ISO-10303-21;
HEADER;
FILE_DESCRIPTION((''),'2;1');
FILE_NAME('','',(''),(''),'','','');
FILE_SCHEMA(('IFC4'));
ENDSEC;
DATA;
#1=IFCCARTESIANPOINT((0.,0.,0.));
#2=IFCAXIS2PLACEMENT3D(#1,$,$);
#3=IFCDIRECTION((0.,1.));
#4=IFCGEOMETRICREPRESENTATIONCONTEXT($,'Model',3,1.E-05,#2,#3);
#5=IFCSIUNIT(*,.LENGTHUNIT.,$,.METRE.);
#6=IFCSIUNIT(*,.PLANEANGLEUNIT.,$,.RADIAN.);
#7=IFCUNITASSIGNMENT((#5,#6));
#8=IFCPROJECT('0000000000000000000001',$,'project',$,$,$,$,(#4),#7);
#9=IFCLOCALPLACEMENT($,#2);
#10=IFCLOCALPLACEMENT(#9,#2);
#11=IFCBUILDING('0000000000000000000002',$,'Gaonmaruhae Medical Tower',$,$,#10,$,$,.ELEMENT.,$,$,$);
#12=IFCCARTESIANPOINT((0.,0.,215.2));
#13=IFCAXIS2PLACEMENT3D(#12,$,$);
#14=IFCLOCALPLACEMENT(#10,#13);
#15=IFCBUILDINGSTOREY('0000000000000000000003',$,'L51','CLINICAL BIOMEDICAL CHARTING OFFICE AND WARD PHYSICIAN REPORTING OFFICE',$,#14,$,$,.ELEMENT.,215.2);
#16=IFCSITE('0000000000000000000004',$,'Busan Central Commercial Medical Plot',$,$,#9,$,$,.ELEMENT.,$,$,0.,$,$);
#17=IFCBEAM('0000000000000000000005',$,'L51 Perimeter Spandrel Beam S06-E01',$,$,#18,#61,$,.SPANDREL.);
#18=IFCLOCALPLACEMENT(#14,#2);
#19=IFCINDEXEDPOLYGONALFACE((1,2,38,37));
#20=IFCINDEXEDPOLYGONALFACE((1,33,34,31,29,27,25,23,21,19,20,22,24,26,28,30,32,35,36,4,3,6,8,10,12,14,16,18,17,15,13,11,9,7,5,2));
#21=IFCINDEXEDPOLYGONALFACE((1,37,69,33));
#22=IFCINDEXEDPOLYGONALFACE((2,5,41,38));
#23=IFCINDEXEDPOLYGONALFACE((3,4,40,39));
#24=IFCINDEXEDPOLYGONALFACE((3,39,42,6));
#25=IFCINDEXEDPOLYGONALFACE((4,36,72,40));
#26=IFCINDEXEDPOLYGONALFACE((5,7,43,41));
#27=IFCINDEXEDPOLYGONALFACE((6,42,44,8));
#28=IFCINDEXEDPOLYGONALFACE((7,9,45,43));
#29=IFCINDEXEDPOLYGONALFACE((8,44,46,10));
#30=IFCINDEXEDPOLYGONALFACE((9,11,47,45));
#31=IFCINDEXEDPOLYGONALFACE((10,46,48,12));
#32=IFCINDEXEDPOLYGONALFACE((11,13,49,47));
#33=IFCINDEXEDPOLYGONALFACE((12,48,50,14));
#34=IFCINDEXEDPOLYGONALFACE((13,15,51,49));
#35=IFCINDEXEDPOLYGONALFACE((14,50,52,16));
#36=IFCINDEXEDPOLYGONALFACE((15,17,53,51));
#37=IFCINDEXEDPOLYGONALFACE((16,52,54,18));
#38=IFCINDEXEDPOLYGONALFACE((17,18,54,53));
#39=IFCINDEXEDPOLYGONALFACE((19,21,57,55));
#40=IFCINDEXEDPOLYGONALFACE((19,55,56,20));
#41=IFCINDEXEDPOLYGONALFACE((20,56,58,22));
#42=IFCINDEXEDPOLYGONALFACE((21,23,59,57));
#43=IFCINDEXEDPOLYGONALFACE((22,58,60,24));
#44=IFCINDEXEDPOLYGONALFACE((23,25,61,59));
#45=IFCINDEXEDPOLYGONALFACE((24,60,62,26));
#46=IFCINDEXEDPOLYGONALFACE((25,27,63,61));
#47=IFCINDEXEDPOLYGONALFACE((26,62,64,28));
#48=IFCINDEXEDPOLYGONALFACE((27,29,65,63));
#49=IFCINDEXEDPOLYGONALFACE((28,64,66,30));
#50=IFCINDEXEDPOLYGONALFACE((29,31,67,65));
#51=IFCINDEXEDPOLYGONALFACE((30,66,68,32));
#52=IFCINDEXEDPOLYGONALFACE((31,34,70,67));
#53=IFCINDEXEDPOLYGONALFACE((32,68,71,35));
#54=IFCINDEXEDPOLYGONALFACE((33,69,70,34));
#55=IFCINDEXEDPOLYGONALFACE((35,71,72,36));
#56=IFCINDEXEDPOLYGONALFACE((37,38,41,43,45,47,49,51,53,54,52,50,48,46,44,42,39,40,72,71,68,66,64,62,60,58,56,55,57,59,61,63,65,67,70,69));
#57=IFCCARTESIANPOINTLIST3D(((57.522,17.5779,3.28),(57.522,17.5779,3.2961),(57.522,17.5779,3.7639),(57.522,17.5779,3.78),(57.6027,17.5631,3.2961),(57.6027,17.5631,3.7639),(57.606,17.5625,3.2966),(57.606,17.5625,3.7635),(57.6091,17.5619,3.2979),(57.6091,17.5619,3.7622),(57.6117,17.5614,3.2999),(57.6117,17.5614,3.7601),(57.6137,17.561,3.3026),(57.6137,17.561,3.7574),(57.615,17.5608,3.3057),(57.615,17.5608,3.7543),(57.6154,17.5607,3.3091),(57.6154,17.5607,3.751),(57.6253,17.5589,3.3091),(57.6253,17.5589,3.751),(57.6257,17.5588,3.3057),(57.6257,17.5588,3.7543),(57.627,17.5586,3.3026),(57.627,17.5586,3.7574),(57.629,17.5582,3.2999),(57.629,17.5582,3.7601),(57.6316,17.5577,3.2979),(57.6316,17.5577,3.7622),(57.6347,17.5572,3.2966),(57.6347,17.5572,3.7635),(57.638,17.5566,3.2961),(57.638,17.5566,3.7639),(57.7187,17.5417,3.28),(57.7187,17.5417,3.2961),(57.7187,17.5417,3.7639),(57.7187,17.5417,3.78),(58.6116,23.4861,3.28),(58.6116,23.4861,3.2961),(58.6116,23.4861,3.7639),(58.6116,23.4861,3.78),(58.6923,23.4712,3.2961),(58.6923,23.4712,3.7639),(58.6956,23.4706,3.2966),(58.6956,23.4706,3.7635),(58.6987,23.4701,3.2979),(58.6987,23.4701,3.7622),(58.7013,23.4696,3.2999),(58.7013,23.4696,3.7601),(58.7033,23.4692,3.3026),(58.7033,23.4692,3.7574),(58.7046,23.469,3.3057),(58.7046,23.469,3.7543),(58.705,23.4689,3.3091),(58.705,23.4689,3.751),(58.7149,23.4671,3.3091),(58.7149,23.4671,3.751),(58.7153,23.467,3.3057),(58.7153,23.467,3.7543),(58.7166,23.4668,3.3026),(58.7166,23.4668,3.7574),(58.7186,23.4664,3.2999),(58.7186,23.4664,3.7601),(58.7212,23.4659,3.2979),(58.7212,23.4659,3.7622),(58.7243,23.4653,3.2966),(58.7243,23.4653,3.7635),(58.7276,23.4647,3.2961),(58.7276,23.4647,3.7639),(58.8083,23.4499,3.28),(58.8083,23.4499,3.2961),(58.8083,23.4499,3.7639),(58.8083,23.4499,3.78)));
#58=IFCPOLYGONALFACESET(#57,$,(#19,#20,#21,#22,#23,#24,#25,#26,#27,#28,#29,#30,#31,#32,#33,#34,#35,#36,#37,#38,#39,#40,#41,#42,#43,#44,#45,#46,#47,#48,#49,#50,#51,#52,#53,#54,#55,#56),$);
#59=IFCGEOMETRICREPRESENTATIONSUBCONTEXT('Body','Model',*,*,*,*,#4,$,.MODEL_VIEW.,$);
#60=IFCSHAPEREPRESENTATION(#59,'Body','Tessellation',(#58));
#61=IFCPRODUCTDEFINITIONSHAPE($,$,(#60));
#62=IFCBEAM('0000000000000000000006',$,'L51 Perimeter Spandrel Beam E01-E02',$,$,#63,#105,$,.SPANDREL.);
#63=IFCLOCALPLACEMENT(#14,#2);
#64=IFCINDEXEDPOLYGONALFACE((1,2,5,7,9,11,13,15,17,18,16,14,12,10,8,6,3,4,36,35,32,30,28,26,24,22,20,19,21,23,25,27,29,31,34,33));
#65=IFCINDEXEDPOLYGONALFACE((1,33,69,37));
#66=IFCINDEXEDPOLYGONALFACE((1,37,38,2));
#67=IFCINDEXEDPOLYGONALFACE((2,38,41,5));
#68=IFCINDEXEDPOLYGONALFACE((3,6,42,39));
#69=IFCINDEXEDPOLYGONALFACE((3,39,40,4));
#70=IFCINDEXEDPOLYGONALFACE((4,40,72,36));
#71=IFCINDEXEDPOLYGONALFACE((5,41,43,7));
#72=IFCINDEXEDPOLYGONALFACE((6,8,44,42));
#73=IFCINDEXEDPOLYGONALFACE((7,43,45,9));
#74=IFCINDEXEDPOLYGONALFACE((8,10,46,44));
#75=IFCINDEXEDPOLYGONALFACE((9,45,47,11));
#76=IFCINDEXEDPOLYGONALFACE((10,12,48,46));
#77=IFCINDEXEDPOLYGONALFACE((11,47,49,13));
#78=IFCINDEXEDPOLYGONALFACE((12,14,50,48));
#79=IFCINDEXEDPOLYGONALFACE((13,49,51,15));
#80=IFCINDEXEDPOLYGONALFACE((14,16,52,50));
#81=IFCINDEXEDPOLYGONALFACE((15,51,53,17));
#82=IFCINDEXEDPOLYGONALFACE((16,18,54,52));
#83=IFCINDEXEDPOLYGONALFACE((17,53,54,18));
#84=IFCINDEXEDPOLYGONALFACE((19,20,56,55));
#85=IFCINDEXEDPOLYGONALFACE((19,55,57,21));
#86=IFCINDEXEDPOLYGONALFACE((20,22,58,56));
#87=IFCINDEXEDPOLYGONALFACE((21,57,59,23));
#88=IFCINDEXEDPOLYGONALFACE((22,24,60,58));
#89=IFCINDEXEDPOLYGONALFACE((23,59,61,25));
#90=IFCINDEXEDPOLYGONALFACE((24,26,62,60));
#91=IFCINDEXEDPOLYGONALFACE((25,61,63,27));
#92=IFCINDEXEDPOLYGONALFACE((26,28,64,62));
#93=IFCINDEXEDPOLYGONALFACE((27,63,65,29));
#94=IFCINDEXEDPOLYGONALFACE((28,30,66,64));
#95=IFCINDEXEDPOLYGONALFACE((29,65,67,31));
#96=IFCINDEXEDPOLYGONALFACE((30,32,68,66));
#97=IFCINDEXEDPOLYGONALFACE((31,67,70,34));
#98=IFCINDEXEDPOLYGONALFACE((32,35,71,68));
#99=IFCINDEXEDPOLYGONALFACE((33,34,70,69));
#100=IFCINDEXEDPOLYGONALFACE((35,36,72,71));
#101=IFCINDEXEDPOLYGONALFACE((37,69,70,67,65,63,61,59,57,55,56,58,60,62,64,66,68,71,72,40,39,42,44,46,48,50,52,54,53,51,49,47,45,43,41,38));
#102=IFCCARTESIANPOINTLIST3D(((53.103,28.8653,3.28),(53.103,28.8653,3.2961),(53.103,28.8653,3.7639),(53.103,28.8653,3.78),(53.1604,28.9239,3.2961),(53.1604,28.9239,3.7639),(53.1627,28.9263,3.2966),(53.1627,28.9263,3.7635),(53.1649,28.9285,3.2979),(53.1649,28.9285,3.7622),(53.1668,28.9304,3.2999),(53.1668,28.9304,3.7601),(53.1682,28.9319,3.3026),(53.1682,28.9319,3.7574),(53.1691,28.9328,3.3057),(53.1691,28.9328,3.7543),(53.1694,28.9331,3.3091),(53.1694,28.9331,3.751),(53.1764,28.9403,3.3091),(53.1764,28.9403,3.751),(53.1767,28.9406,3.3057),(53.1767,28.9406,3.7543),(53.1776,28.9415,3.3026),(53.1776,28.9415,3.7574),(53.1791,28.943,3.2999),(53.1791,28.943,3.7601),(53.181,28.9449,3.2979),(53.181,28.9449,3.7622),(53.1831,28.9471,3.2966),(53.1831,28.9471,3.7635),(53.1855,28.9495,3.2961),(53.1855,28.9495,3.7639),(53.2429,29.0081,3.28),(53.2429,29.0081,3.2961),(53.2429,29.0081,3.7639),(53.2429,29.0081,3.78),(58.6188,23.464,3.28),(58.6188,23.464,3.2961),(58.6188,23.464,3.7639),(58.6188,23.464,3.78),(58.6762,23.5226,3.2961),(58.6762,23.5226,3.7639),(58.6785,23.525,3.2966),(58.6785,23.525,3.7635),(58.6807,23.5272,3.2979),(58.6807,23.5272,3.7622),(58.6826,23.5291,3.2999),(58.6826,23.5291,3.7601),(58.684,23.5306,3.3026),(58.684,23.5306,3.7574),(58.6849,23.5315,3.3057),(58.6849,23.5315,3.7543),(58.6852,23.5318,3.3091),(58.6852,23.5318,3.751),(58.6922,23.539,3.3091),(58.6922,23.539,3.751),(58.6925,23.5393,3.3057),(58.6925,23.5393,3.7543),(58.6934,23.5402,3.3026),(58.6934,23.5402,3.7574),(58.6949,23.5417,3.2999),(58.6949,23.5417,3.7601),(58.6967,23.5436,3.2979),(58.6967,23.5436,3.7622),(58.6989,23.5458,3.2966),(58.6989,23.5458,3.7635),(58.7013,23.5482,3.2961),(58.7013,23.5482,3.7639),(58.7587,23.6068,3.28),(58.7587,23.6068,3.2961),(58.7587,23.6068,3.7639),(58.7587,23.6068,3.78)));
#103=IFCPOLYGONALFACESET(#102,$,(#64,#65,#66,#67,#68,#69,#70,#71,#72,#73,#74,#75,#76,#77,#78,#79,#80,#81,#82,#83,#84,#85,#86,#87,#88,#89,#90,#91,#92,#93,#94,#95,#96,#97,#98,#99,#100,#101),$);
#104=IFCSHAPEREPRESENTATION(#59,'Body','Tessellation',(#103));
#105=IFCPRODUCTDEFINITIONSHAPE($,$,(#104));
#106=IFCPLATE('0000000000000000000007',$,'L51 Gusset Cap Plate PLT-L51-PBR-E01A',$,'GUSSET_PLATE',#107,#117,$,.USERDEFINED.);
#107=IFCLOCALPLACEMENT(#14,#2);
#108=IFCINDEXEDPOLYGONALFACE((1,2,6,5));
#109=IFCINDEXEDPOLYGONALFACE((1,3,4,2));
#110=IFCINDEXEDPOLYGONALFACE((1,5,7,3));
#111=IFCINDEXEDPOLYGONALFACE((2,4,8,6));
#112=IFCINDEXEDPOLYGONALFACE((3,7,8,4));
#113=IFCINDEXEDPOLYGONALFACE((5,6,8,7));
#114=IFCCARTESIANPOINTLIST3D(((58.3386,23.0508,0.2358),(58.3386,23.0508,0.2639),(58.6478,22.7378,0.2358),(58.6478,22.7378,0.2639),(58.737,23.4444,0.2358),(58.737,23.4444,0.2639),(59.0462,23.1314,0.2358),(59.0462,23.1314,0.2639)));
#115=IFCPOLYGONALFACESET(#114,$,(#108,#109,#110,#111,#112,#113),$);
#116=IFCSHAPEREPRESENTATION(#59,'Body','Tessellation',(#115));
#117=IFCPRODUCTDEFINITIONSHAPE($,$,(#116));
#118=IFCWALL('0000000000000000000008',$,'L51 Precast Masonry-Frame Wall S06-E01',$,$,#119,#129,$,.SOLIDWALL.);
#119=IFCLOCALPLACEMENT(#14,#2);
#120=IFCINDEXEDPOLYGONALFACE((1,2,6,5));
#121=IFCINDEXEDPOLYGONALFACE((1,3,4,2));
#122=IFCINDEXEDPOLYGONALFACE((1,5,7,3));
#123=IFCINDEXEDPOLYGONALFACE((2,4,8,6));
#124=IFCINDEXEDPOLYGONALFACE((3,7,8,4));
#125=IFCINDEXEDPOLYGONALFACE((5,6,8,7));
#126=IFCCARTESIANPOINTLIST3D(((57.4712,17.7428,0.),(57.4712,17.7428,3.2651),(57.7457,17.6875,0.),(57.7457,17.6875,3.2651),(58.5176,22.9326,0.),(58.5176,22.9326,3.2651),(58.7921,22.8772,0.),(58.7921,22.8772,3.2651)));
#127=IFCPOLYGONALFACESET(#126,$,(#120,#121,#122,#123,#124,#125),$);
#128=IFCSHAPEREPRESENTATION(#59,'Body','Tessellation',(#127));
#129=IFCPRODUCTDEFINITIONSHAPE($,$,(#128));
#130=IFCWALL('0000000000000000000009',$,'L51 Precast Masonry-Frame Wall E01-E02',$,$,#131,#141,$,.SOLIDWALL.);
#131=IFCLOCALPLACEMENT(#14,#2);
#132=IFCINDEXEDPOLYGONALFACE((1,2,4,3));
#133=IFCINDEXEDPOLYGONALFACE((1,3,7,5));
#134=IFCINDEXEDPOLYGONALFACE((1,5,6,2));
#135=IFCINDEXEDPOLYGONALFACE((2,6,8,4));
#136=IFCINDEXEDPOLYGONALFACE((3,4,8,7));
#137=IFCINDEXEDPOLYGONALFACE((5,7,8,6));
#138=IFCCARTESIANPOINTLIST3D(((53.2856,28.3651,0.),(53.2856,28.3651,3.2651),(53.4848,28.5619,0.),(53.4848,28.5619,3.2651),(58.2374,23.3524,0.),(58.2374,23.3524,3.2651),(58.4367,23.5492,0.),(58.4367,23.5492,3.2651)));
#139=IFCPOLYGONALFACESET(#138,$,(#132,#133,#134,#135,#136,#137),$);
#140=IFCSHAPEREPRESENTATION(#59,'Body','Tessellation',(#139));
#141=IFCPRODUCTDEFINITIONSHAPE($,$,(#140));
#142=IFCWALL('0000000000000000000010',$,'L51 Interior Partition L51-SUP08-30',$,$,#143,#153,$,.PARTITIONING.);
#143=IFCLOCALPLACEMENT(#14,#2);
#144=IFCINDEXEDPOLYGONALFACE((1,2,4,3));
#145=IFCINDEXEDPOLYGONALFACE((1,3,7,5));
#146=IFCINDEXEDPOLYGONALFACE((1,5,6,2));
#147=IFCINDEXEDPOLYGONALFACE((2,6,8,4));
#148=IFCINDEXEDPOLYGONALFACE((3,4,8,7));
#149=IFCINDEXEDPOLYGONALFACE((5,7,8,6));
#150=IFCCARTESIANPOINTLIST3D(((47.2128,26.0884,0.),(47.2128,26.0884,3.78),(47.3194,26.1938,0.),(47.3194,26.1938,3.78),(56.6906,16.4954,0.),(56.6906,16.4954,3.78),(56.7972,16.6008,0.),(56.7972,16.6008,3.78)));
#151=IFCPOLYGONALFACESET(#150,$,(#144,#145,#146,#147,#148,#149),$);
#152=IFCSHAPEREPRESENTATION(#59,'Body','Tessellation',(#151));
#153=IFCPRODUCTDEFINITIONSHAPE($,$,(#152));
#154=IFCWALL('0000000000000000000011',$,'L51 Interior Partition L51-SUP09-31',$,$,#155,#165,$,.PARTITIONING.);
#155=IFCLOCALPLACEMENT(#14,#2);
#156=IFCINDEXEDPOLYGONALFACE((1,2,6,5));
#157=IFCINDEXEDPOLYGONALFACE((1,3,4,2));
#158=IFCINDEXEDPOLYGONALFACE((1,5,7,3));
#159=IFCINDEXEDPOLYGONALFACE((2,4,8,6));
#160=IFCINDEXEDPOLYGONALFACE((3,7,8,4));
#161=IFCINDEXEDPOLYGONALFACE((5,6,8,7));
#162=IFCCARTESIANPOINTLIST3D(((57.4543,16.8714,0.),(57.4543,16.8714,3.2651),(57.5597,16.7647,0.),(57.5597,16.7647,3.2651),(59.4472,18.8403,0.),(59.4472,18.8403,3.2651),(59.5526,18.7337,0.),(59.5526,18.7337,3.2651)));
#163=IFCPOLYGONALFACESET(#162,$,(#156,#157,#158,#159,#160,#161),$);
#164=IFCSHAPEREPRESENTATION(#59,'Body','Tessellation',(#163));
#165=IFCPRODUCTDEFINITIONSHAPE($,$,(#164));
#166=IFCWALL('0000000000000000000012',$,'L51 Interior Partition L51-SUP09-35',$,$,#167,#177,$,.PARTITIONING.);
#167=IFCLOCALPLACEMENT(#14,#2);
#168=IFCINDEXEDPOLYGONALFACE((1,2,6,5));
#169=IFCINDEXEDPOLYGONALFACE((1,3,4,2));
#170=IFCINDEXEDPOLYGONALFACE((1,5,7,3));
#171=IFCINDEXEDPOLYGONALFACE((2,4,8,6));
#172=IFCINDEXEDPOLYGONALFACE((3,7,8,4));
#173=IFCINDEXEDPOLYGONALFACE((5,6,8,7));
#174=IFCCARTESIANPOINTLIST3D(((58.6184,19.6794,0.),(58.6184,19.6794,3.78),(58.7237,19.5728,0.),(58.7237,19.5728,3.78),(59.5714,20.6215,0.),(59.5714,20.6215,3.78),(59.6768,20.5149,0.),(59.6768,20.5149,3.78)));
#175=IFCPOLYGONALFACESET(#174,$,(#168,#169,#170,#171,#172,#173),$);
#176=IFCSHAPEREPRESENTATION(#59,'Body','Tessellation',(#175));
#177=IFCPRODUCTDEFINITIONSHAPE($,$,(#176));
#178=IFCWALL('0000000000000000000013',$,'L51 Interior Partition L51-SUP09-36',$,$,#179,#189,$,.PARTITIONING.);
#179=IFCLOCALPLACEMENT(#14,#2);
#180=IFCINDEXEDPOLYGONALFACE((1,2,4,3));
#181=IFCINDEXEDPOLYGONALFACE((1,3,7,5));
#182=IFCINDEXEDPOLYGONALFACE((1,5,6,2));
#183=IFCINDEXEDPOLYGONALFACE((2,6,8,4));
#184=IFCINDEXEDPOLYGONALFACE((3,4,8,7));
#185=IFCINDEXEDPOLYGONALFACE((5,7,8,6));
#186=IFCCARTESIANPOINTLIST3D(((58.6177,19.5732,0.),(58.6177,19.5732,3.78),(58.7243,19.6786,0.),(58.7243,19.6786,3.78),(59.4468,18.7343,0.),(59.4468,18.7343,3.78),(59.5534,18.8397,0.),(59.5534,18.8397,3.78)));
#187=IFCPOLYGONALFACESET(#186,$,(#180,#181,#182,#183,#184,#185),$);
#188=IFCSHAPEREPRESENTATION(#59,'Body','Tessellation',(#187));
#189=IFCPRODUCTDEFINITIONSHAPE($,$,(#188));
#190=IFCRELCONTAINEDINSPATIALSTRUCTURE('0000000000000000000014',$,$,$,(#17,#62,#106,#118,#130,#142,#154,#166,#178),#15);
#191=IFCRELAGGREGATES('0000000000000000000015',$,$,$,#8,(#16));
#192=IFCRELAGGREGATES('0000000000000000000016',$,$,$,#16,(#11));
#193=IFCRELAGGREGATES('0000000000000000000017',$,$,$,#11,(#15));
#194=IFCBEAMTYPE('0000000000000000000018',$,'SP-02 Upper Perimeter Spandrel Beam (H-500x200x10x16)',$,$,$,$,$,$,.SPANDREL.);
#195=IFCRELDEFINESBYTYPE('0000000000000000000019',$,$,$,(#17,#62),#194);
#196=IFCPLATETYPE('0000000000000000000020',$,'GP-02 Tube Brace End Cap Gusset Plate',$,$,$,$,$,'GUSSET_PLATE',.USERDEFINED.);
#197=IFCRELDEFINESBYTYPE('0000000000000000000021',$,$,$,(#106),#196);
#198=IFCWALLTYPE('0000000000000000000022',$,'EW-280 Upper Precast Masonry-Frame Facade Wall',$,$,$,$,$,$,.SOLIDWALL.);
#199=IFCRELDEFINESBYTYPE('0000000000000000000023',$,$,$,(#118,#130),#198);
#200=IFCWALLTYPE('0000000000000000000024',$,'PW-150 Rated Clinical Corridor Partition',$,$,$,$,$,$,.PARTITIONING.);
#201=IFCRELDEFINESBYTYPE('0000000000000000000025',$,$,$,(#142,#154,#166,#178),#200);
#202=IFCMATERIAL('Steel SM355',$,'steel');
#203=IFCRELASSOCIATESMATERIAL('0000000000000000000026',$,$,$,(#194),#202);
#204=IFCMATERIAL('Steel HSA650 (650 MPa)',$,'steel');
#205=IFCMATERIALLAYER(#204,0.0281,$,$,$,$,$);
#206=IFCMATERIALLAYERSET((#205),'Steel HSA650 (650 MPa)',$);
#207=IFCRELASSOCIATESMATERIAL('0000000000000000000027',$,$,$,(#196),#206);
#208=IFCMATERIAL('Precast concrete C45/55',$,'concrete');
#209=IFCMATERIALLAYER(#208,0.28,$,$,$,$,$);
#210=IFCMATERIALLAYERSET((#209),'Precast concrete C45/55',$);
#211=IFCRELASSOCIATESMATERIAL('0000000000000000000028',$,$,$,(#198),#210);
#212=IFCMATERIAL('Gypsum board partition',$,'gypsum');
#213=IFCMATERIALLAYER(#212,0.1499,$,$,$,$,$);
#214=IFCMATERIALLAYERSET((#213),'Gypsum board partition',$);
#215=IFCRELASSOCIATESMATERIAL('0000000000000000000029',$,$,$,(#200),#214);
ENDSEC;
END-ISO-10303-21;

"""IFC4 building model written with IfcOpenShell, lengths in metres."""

from ifc_helpers import new_model, si_unit, direction, frame, frame_2d, origin, origin_2d, place, context, subcontext, project, spatial, rectangle, i_section, extrude, material, layer, layer_set, material_profile, profile_set, type_object, element, save


model = new_model("IFC4")

# Units and contexts
model_context = context("Model", 3, precision=1e-05, world=origin(), true_north=direction((0.0, 1.0)))
body_context = subcontext(model_context, "Body", "Model", "MODEL_VIEW")
ifc_project = project(units=[si_unit("LENGTHUNIT", "METRE"), si_unit("PLANEANGLEUNIT", "RADIAN")], contexts=[model_context])

# Site, building, storey
site_placement = place(None, origin())
site = spatial("IfcSite", under=ifc_project, at=site_placement, Name="Busan Central Commercial Medical Plot", CompositionType="ELEMENT", RefElevation=0.0)
building_placement = place(site_placement, origin())
building = spatial("IfcBuilding", under=site, at=building_placement, Name="Gaonmaruhae Medical Tower", CompositionType="ELEMENT")
storey_placement = place(building_placement, frame((0.0, 0.0, 215.2)))
storey = spatial("IfcBuildingStorey", under=building, at=storey_placement, Name="L51", Description="CLINICAL BIOMEDICAL CHARTING OFFICE AND WARD PHYSICIAN REPORTING OFFICE", CompositionType="ELEMENT", Elevation=215.2)

# Shared definitions
ifc_material_1 = material(Name="Steel SM355", Category="steel")

# Beams
ifc_material_profile_1 = material_profile(ifc_material_1, i_section(OverallWidth=0.2, OverallDepth=0.5, WebThickness=0.01, FlangeThickness=0.0161, FilletRadius=0.0129, at=origin_2d()), Name="H-500x200x10x16")
ifc_profile_set_1 = profile_set([ifc_material_profile_1], Name="Steel SM355")
beam_type_1 = type_object("IfcBeamType", Name="SP-02 Upper Perimeter Spandrel Beam (H-500x200x10x16)", PredefinedType="SPANDREL", material=ifc_profile_set_1)
beam_1_placement = place(storey_placement, frame((57.6204, 17.5598, 3.53), z_axis=(0.181363, 0.983416, 0.0), x_axis=(-0.983416, 0.181363, 0.0)))
element("IfcBeam", 1, at=beam_1_placement, inside=storey, type_object=beam_type_1, Name="L51 Perimeter Spandrel Beam S06-E01", PredefinedType="SPANDREL", context=body_context, shape_type="SweptSolid", body=[
    extrude(i_section(OverallWidth=0.2, OverallDepth=0.5, WebThickness=0.01, FlangeThickness=0.0161, FilletRadius=0.0129, at=origin_2d()), origin(), (0.0, 0.0, 1.0), 6.0078),
])
beam_2_placement = place(storey_placement, frame((58.6887, 23.5354, 3.53), z_axis=(-0.714484, 0.699652, 0.0), x_axis=(-0.699652, -0.714484, 0.0)))
element("IfcBeam", 2, at=beam_2_placement, inside=storey, type_object=beam_type_1, Name="L51 Perimeter Spandrel Beam E01-E02", PredefinedType="SPANDREL", context=body_context, shape_type="SweptSolid", body=[
    extrude(i_section(OverallWidth=0.2, OverallDepth=0.5, WebThickness=0.01, FlangeThickness=0.0161, FilletRadius=0.0129, at=origin_2d()), origin(), (0.0, 0.0, 1.0), 7.72),
])

# Plate
ifc_material_2 = material(Name="Steel HSA650 (650 MPa)", Category="steel")
ifc_layer_1 = layer(ifc_material_2, 0.0281)
ifc_layer_set_1 = layer_set([ifc_layer_1], Name="Steel HSA650 (650 MPa)")
plate_type = type_object("IfcPlateType", Name="GP-02 Tube Brace End Cap Gusset Plate", ElementType="GUSSET_PLATE", PredefinedType="USERDEFINED", material=ifc_layer_set_1)
plate_placement = place(storey_placement, frame((58.6924, 23.0911, 0.2358), z_axis=(0.0, 0.0, 1.0), x_axis=(0.711413, 0.702774, 0.0)))
element("IfcPlate", 3, at=plate_placement, inside=storey, type_object=plate_type, Name="L51 Gusset Cap Plate PLT-L51-PBR-E01A", ObjectType="GUSSET_PLATE", PredefinedType="USERDEFINED", context=body_context, shape_type="SweptSolid", body=[
    extrude(rectangle(XDim=0.5601, YDim=0.4399, at=origin_2d()), origin(), (0.0, 0.0, 1.0), 0.0281),
])

# Walls
ifc_material_3 = material(Name="Precast concrete C45/55", Category="concrete")
ifc_layer_2 = layer(ifc_material_3, 0.28)
ifc_layer_set_2 = layer_set([ifc_layer_2], Name="Precast concrete C45/55")
wall_type_1 = type_object("IfcWallType", Name="EW-280 Upper Precast Masonry-Frame Facade Wall", PredefinedType="SOLIDWALL", material=ifc_layer_set_2)
wall_1_placement = place(storey_placement, frame((58.6548, 22.9048, 0.0), z_axis=(0.0, 0.0, 1.0), x_axis=(-0.19765, -0.980273, 0.0)))
element("IfcWall", 4, at=wall_1_placement, inside=storey, type_object=wall_type_1, Name="L51 Precast Masonry-Frame Wall S06-E01", PredefinedType="SOLIDWALL", context=body_context, shape_type="SweptSolid", body=[
    extrude(rectangle(XDim=5.2942, YDim=0.28, at=frame_2d((2.647, 0.0))), origin(), (0.0, 0.0, 1.0), 3.2651),
])
wall_2_placement = place(storey_placement, frame((53.3853, 28.4634, 0.0), z_axis=(0.0, 0.0, 1.0), x_axis=(0.70278, -0.711407, 0.0)))
element("IfcWall", 5, at=wall_2_placement, inside=storey, type_object=wall_type_1, Name="L51 Precast Masonry-Frame Wall E01-E02", PredefinedType="SOLIDWALL", context=body_context, shape_type="SweptSolid", body=[
    extrude(rectangle(XDim=7.0461, YDim=0.28, at=frame_2d((3.5229, 0.0))), origin(), (0.0, 0.0, 1.0), 3.2651),
])
ifc_material_4 = material(Name="Gypsum board partition", Category="gypsum")
ifc_layer_3 = layer(ifc_material_4, 0.1499)
ifc_layer_set_3 = layer_set([ifc_layer_3], Name="Gypsum board partition")
wall_type_2 = type_object("IfcWallType", Name="PW-150 Rated Clinical Corridor Partition", PredefinedType="PARTITIONING", material=ifc_layer_set_3)
wall_3_placement = place(storey_placement, frame((47.2661, 26.1411, 0.0), z_axis=(0.0, 0.0, 1.0), x_axis=(0.702821, -0.711366, 0.0)))
element("IfcWall", 6, at=wall_3_placement, inside=storey, type_object=wall_type_2, Name="L51 Interior Partition L51-SUP08-30", PredefinedType="PARTITIONING", context=body_context, shape_type="SweptSolid", body=[
    extrude(rectangle(XDim=13.4854, YDim=0.1499, at=frame_2d((6.7427, 0.0))), origin(), (0.0, 0.0, 1.0), 3.78),
])
wall_4_placement = place(storey_placement, frame((59.5, 18.7871, 0.0), z_axis=(0.0, 0.0, 1.0), x_axis=(-0.711364, -0.702824, 0.0)))
element("IfcWall", 7, at=wall_4_placement, inside=storey, type_object=wall_type_2, Name="L51 Interior Partition L51-SUP09-31", PredefinedType="PARTITIONING", context=body_context, shape_type="SweptSolid", body=[
    extrude(rectangle(XDim=2.8015, YDim=0.1499, at=frame_2d((1.4009, 0.0))), origin(), (0.0, 0.0, 1.0), 3.2651),
])

# Walls
wall_5_placement = place(storey_placement, frame((59.624, 20.5681, 0.0), z_axis=(0.0, 0.0, 1.0), x_axis=(-0.711194, -0.702996, 0.0)))
element("IfcWall", 8, at=wall_5_placement, inside=storey, type_object=wall_type_2, Name="L51 Interior Partition L51-SUP09-35", PredefinedType="PARTITIONING", context=body_context, shape_type="SweptSolid", body=[
    extrude(rectangle(XDim=1.3401, YDim=0.1499, at=frame_2d((0.6699, 0.0))), origin(), (0.0, 0.0, 1.0), 3.78),
])
wall_6_placement = place(storey_placement, frame((58.6709, 19.626, 0.0), z_axis=(0.0, 0.0, 1.0), x_axis=(0.702955, -0.711235, 0.0)))
element("IfcWall", 9, at=wall_6_placement, inside=storey, type_object=wall_type_2, Name="L51 Interior Partition L51-SUP09-36", PredefinedType="PARTITIONING", context=body_context, shape_type="SweptSolid", body=[
    extrude(rectangle(XDim=1.1794, YDim=0.1499, at=frame_2d((0.5898, 0.0))), origin(), (0.0, 0.0, 1.0), 3.78),
])

save(model, "model.ifc")
